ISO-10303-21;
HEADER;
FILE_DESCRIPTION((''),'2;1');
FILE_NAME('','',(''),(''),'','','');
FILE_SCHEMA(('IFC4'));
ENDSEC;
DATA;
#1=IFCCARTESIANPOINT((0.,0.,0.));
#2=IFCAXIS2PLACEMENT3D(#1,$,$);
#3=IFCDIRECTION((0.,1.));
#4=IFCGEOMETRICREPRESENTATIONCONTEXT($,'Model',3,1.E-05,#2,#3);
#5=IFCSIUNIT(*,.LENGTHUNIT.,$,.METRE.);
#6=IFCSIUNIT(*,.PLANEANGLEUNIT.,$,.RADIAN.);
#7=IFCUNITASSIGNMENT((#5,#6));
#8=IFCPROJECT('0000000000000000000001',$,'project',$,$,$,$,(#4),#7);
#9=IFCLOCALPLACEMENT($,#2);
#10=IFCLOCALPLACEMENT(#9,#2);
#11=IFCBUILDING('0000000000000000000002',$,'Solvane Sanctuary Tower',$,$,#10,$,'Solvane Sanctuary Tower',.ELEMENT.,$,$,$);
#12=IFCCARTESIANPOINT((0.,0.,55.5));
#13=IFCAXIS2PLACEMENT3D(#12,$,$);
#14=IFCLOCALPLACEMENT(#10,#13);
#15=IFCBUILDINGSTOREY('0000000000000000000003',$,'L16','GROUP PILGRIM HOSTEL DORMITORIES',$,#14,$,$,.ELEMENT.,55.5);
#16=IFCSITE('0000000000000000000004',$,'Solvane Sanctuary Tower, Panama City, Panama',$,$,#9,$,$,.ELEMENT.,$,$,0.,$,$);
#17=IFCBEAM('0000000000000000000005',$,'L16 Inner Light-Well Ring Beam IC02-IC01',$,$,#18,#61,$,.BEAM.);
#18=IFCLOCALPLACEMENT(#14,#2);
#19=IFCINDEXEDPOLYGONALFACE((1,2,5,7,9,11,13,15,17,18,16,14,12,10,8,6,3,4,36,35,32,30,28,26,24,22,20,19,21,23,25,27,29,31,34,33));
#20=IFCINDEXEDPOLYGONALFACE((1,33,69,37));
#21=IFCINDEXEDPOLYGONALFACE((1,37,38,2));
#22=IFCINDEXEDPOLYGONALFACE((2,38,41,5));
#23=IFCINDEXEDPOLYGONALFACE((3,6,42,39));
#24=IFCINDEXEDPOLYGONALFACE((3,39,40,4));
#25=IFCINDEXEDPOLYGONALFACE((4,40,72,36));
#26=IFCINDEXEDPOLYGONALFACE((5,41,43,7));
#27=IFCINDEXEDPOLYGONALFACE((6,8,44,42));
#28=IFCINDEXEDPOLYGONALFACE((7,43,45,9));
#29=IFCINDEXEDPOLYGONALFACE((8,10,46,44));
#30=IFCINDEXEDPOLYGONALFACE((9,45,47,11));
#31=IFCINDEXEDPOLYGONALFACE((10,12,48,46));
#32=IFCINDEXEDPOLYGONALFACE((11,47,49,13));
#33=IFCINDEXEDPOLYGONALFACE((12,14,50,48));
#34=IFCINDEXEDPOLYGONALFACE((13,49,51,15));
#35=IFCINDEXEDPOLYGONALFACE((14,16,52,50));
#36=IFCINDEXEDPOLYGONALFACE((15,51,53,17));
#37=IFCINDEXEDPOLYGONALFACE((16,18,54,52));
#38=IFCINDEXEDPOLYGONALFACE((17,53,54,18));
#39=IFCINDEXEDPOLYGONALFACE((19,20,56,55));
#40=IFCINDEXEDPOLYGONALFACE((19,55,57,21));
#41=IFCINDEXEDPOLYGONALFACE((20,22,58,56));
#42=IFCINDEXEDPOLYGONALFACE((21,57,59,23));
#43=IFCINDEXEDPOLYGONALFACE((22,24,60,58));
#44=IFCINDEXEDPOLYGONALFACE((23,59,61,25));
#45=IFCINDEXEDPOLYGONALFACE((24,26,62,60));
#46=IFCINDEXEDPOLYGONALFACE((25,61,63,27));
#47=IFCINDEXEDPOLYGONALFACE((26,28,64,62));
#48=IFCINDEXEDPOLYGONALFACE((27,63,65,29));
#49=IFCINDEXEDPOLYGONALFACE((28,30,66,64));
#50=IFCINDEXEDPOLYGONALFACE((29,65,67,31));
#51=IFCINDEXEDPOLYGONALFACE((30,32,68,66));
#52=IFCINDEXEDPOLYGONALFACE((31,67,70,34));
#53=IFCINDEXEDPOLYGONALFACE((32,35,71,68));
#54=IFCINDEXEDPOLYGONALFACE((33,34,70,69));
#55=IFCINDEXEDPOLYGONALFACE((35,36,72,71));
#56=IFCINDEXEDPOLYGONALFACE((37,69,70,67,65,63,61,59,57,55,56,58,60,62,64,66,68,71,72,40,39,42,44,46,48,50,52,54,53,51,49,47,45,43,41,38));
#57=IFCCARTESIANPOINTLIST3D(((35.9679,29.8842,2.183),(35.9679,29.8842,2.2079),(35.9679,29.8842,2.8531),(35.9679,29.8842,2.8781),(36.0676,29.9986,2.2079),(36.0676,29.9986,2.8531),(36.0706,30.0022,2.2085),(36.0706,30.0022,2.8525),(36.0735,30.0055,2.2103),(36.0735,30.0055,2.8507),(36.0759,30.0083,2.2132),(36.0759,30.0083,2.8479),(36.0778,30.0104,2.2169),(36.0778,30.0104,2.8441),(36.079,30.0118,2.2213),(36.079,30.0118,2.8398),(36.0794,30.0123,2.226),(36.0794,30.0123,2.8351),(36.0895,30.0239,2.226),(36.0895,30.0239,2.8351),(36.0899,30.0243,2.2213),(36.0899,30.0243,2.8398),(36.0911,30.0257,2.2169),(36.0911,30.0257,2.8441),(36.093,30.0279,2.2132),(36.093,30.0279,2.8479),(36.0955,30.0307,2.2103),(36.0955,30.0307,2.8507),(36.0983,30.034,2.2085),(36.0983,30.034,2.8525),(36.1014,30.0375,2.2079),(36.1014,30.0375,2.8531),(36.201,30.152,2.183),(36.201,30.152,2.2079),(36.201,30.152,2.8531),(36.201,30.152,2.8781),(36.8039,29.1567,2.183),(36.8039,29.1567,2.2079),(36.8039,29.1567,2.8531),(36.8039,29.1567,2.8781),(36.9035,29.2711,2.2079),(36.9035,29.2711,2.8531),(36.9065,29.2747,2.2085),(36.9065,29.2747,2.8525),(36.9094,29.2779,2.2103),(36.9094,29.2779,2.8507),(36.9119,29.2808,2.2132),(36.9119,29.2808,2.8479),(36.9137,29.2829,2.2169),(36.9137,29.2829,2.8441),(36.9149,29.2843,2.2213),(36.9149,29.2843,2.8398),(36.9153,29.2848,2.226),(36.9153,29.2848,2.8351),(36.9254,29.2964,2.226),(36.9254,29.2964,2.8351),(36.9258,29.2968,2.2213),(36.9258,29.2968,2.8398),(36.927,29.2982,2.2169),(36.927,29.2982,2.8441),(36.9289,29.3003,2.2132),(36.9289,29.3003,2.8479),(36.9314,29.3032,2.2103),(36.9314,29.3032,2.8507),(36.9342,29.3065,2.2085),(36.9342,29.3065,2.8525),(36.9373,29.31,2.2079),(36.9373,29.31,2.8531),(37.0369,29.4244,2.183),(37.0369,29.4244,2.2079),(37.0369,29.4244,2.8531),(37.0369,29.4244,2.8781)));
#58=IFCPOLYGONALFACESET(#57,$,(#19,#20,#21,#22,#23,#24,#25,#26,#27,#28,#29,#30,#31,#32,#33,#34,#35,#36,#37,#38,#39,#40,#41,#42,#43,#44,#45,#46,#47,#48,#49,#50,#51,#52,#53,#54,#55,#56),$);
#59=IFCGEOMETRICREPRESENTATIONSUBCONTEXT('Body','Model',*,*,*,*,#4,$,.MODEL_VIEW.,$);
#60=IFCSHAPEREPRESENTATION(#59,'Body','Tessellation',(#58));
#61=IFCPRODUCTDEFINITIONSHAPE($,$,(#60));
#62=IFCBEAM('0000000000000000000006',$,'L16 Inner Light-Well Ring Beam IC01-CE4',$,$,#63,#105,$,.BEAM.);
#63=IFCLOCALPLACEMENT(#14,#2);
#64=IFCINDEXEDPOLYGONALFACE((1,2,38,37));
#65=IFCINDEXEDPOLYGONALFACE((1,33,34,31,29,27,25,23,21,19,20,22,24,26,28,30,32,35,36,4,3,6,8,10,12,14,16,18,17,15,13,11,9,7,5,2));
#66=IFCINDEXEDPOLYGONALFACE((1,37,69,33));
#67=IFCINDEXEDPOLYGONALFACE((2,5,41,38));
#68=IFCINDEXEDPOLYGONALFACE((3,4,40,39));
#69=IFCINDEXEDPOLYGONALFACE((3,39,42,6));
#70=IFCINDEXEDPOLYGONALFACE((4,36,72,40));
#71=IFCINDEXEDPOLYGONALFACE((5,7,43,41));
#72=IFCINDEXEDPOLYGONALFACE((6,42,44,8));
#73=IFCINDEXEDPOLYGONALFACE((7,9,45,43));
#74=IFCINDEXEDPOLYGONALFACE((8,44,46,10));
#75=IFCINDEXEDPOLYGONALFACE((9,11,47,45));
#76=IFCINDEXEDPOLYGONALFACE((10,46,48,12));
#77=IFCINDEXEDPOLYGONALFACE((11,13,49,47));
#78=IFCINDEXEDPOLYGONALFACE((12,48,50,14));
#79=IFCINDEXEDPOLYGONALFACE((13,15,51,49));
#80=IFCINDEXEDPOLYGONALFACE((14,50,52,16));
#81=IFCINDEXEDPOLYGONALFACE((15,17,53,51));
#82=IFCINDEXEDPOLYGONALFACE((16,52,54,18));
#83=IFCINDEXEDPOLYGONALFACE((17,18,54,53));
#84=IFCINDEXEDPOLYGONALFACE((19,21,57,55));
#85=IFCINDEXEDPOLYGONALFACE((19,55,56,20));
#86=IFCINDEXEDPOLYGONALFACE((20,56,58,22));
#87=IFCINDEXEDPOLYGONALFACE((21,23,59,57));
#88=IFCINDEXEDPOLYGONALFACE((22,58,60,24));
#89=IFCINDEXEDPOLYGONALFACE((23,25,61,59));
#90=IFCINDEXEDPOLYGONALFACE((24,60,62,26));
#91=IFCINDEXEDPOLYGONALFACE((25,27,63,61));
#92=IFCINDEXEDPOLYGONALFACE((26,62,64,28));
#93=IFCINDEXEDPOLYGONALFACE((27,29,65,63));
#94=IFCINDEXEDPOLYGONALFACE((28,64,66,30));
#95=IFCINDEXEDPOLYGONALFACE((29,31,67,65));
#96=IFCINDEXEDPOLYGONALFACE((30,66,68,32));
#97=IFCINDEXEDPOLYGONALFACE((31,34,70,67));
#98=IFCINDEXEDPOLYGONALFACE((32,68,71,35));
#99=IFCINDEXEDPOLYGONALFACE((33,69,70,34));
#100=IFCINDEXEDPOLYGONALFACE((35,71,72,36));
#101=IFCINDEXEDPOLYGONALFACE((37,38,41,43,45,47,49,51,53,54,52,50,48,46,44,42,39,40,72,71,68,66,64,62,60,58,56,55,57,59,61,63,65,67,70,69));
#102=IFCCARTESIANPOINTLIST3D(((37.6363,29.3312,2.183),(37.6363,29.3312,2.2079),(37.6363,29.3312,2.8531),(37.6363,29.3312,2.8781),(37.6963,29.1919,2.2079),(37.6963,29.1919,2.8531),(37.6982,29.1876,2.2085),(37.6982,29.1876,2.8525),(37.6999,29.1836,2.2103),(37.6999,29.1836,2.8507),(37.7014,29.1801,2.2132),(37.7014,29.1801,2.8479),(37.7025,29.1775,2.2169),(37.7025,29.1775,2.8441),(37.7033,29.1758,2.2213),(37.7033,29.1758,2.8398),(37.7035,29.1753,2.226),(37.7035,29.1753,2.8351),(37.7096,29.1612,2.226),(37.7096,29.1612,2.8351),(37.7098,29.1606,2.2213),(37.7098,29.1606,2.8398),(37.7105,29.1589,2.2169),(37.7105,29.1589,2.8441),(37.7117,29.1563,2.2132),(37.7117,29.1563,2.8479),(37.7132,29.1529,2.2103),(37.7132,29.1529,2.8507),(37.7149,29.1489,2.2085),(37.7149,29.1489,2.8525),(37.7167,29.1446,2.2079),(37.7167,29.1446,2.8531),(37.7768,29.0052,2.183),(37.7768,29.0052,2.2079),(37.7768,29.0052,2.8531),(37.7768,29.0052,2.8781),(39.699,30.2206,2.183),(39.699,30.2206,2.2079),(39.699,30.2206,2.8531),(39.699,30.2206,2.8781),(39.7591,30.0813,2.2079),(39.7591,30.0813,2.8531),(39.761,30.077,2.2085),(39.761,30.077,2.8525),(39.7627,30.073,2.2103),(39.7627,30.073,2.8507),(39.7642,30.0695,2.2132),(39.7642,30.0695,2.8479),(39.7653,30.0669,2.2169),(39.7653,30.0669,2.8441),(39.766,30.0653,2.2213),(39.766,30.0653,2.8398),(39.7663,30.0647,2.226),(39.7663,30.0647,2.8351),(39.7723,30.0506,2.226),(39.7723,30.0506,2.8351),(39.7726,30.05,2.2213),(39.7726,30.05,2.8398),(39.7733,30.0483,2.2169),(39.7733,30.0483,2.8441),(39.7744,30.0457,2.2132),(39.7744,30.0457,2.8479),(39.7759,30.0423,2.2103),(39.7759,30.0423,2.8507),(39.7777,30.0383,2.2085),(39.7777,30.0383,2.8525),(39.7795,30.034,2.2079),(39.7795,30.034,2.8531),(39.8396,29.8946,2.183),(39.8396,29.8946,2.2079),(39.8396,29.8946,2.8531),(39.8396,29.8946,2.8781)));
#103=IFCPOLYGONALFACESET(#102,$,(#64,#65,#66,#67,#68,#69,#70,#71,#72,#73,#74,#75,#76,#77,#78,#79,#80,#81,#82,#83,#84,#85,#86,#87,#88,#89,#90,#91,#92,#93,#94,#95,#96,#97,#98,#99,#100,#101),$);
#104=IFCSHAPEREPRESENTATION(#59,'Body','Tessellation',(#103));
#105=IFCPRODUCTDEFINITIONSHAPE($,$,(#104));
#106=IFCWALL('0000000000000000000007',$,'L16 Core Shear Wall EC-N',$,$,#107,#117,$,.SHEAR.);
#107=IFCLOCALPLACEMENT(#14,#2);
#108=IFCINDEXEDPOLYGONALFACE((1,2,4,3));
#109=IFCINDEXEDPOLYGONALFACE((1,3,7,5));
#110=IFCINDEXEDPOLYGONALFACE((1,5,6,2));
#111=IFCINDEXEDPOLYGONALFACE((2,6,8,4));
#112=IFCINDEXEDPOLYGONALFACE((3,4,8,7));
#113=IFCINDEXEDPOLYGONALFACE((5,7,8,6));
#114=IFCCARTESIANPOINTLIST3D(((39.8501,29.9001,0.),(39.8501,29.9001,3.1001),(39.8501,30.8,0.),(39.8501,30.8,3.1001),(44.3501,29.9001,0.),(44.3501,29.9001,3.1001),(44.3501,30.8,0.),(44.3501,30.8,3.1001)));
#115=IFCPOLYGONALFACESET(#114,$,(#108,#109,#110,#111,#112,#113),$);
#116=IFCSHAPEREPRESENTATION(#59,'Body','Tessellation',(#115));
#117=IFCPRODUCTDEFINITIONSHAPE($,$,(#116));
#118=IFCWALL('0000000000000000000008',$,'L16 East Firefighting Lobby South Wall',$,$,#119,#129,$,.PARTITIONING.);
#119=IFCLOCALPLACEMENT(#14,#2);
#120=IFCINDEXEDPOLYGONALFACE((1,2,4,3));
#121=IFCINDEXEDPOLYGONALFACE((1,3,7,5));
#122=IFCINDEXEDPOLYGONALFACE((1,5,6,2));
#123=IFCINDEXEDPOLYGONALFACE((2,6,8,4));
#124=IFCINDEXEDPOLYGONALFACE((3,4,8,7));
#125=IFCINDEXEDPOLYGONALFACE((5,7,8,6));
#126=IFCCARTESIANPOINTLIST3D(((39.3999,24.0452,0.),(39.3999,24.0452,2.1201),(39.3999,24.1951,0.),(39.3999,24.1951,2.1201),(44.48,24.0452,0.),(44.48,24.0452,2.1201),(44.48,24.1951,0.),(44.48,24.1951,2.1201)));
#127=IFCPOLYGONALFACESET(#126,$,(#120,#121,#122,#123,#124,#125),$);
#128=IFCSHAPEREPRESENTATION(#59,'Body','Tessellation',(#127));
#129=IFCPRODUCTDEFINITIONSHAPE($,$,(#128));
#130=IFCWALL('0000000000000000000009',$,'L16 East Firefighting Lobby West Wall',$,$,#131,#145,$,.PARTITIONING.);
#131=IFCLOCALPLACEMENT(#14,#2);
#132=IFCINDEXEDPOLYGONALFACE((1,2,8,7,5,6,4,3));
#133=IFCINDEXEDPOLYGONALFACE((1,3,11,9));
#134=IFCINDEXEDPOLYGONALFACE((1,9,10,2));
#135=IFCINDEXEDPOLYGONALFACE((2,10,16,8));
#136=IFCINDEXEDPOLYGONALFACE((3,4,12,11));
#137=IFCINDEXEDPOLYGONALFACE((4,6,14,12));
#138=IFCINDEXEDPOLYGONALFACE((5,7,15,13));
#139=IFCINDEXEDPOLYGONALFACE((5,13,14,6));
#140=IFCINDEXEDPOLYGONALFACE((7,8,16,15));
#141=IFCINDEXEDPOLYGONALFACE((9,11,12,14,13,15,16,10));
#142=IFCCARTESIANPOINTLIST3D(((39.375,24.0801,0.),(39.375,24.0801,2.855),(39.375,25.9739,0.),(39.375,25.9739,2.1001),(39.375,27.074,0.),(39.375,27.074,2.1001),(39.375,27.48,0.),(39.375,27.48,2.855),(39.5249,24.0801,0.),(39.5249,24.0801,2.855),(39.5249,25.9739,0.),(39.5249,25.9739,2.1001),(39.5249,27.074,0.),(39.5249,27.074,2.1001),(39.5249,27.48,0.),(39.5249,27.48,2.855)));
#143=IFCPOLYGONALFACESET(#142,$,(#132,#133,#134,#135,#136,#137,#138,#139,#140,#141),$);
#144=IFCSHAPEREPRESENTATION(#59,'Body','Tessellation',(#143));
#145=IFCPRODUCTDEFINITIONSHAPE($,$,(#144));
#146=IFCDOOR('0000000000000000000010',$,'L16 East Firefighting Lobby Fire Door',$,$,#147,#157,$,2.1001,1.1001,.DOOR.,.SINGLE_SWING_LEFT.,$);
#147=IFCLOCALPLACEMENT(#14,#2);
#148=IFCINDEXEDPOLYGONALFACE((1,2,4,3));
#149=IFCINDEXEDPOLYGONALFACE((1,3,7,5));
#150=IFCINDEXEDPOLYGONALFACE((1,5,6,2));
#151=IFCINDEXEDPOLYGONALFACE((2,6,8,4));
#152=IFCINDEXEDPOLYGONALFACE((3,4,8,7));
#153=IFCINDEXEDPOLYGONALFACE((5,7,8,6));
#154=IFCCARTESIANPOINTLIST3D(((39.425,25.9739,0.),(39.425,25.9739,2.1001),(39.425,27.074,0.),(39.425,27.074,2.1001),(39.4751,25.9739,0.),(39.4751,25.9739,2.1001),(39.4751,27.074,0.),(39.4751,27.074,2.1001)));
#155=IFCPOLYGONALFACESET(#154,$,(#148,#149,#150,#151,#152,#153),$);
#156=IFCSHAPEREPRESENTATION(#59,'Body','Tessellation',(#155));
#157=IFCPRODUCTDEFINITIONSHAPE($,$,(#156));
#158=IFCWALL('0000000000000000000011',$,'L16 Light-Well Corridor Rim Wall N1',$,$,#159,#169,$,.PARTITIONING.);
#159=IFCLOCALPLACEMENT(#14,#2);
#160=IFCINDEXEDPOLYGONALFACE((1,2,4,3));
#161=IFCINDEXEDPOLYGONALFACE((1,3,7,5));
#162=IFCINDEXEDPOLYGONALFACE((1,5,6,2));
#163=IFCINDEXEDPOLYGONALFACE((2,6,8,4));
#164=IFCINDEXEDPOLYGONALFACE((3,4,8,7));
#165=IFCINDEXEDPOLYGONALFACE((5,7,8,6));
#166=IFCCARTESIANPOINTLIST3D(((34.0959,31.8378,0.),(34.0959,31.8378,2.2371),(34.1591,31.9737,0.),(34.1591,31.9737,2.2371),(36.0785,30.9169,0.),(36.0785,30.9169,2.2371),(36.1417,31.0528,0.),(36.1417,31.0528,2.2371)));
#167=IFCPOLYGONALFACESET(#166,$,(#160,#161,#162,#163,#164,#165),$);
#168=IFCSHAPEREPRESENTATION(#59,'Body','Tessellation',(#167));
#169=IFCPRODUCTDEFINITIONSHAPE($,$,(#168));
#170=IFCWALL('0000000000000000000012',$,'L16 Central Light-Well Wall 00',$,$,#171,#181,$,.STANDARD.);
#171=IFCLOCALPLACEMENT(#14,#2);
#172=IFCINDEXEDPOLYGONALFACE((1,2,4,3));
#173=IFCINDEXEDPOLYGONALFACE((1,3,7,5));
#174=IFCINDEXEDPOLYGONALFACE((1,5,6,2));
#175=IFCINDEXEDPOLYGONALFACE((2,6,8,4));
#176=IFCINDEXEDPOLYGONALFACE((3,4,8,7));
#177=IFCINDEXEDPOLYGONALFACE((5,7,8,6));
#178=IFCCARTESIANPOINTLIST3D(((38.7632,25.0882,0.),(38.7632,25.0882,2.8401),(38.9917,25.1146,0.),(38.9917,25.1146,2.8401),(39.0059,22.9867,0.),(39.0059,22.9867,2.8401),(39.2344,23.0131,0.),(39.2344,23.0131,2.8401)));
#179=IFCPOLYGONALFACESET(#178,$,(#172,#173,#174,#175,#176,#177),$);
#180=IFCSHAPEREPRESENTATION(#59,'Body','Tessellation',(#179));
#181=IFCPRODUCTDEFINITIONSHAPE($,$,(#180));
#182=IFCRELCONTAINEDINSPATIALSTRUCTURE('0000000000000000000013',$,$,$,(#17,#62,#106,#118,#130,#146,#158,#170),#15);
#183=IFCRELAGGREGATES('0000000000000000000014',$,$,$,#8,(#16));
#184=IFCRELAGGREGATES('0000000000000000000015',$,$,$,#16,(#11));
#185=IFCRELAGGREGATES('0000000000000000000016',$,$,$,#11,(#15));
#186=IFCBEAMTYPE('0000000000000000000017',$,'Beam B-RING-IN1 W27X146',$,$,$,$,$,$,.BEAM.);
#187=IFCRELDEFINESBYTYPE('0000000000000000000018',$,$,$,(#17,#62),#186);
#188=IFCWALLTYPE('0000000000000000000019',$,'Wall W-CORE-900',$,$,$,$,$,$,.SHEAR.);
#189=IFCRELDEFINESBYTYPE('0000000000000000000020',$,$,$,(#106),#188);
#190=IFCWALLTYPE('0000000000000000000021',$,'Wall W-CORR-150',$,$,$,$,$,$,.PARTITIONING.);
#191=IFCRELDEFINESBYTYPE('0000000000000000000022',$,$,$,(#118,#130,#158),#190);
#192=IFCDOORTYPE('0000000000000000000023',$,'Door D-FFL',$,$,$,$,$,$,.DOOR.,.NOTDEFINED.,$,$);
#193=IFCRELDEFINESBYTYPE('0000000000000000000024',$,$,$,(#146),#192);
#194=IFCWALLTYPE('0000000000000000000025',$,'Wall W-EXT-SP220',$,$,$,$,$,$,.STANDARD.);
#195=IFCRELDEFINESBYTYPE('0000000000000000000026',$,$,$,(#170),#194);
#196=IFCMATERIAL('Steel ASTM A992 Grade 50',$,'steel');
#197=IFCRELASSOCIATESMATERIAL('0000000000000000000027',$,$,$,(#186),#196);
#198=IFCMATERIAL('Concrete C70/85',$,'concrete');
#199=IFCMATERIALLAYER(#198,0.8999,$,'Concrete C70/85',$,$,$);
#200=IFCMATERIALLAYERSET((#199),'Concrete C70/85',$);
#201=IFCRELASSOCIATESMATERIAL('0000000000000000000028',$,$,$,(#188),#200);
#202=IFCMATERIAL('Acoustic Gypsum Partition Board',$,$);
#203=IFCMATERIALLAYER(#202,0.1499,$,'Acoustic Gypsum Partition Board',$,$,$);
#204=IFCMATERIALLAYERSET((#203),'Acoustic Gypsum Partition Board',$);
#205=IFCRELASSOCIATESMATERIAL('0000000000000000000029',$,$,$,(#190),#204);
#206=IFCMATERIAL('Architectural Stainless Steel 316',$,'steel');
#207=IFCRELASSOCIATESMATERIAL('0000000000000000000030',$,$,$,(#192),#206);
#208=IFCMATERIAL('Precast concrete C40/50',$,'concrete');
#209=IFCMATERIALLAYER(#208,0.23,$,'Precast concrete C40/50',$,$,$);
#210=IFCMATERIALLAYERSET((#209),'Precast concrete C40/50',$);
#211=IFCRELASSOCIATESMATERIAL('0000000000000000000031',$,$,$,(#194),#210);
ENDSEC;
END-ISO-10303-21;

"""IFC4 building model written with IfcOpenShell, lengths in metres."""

from ifc_helpers import new_model, si_unit, direction, frame, frame_2d, origin, origin_2d, place, context, subcontext, project, spatial, rectangle, i_section, extrude, material, layer, layer_set, material_profile, profile_set, type_object, element, fill, save


model = new_model("IFC4")

# Units and contexts
model_context = context("Model", 3, precision=1e-05, world=origin(), true_north=direction((0.0, 1.0)))
body_context = subcontext(model_context, "Body", "Model", "MODEL_VIEW")
ifc_project = project(units=[si_unit("LENGTHUNIT", "METRE"), si_unit("PLANEANGLEUNIT", "RADIAN")], contexts=[model_context])

# Site, building, storey
site_placement = place(None, origin())
site = spatial("IfcSite", under=ifc_project, at=site_placement, Name="Solvane Sanctuary Tower, Panama City, Panama", CompositionType="ELEMENT", RefElevation=0.0)
building_placement = place(site_placement, origin())
building = spatial("IfcBuilding", under=site, at=building_placement, Name="Solvane Sanctuary Tower", LongName="Solvane Sanctuary Tower", CompositionType="ELEMENT")
storey_placement = place(building_placement, frame((0.0, 0.0, 55.5)))
storey = spatial("IfcBuildingStorey", under=building, at=storey_placement, Name="L16", Description="GROUP PILGRIM HOSTEL DORMITORIES", CompositionType="ELEMENT", Elevation=55.5)

# Shared definitions
ifc_material_1 = material(Name="Concrete C70/85", Category="concrete")

# Beams
ifc_material_2 = material(Name="Steel ASTM A992 Grade 50", Category="steel")
ifc_material_profile_1 = material_profile(ifc_material_2, i_section(OverallWidth=0.355, OverallDepth=0.6951, WebThickness=0.0154, FlangeThickness=0.0249, FilletRadius=0.0181, at=origin_2d()), Name="W27X146")
ifc_profile_set_1 = profile_set([ifc_material_profile_1], Name="Steel ASTM A992 Grade 50")
beam_type_1 = type_object("IfcBeamType", Name="Beam B-RING-IN1 W27X146", PredefinedType="BEAM", material=ifc_profile_set_1)
beam_1_placement = place(storey_placement, frame((36.0845, 30.0181, 2.5305), z_axis=(0.754321, -0.656506, 0.0), x_axis=(0.656506, 0.754321, 0.0)))
element("IfcBeam", 1, at=beam_1_placement, inside=storey, type_object=beam_type_1, Name="L16 Inner Light-Well Ring Beam IC02-IC01", PredefinedType="BEAM", context=body_context, shape_type="SweptSolid", body=[
    extrude(i_section(OverallWidth=0.355, OverallDepth=0.6951, WebThickness=0.0154, FlangeThickness=0.0249, FilletRadius=0.0181, at=origin_2d()), origin(), (0.0, 0.0, 1.0), 1.1082),
])
beam_2_placement = place(storey_placement, frame((37.7065, 29.1682, 2.5305), z_axis=(0.918277, 0.395938, 0.0), x_axis=(-0.395938, 0.918277, 0.0)))
element("IfcBeam", 2, at=beam_2_placement, inside=storey, type_object=beam_type_1, Name="L16 Inner Light-Well Ring Beam IC01-CE4", PredefinedType="BEAM", context=body_context, shape_type="SweptSolid", body=[
    extrude(i_section(OverallWidth=0.355, OverallDepth=0.6951, WebThickness=0.0154, FlangeThickness=0.0249, FilletRadius=0.0181, at=origin_2d()), origin(), (0.0, 0.0, 1.0), 2.2463),
])

# Walls
ifc_layer_1 = layer(ifc_material_1, 0.8999, Name="Concrete C70/85")
ifc_layer_set_1 = layer_set([ifc_layer_1], Name="Concrete C70/85")
wall_type_1 = type_object("IfcWallType", Name="Wall W-CORE-900", PredefinedType="SHEAR", material=ifc_layer_set_1)
wall_1_placement = place(storey_placement, frame((39.8501, 30.3501, 0.0), z_axis=(0.0, 0.0, 1.0), x_axis=(1.0, 0.0, 0.0)))
element("IfcWall", 3, at=wall_1_placement, inside=storey, type_object=wall_type_1, Name="L16 Core Shear Wall EC-N", PredefinedType="SHEAR", context=body_context, shape_type="SweptSolid", body=[
    extrude(rectangle(XDim=4.5, YDim=0.8999, at=frame_2d((2.25, 0.0))), origin(), (0.0, 0.0, 1.0), 3.1001),
])
ifc_material_3 = material(Name="Acoustic Gypsum Partition Board")
ifc_layer_2 = layer(ifc_material_3, 0.1499, Name="Acoustic Gypsum Partition Board")
ifc_layer_set_2 = layer_set([ifc_layer_2], Name="Acoustic Gypsum Partition Board")
wall_type_2 = type_object("IfcWallType", Name="Wall W-CORR-150", PredefinedType="PARTITIONING", material=ifc_layer_set_2)
wall_2_placement = place(storey_placement, frame((39.3999, 24.1201, 0.0), z_axis=(0.0, 0.0, 1.0), x_axis=(1.0, 0.0, 0.0)))
element("IfcWall", 4, at=wall_2_placement, inside=storey, type_object=wall_type_2, Name="L16 East Firefighting Lobby South Wall", PredefinedType="PARTITIONING", context=body_context, shape_type="SweptSolid", body=[
    extrude(rectangle(XDim=5.0801, YDim=0.1499, at=frame_2d((2.54, 0.0))), origin(), (0.0, 0.0, 1.0), 2.1201),
])

# Wall, opening, door
wall_3_placement = place(storey_placement, frame((39.45, 24.0801, 0.0), z_axis=(0.0, 0.0, 1.0), x_axis=(0.0, 1.0, 0.0)))
wall_3 = element("IfcWall", 5, at=wall_3_placement, inside=storey, type_object=wall_type_2, Name="L16 East Firefighting Lobby West Wall", PredefinedType="PARTITIONING", context=body_context, shape_type="SweptSolid", body=[
    extrude(rectangle(XDim=3.3999, YDim=0.1499, at=frame_2d((1.7, 0.0))), origin(), (0.0, 0.0, 1.0), 2.855),
])
opening_1_placement = place(wall_3_placement, frame((1.8938, 0.0, 0.0)))
opening_1 = element("IfcOpeningElement", 6, at=opening_1_placement, cuts=wall_3, PredefinedType="OPENING", context=body_context, shape_type="SweptSolid", body=[
    extrude(rectangle(XDim=1.1001, YDim=2.1001, at=frame_2d((0.55, 1.05))), frame((0.0, 0.085, 0.0), z_axis=(0.0, -1.0, 0.0), x_axis=(1.0, 0.0, 0.0)), (0.0, 0.0, 1.0), 0.1699),
])
ifc_material_4 = material(Name="Architectural Stainless Steel 316", Category="steel")
door_type = type_object("IfcDoorType", Name="Door D-FFL", OperationType="NOTDEFINED", PredefinedType="DOOR", material=ifc_material_4)
door_placement = place(opening_1_placement, origin())
door = element("IfcDoor", 7, at=door_placement, inside=storey, type_object=door_type, Name="L16 East Firefighting Lobby Fire Door", OperationType="SINGLE_SWING_LEFT", OverallHeight=2.1001, OverallWidth=1.1001, PredefinedType="DOOR", context=body_context, shape_type="SweptSolid", body=[
    extrude(rectangle(XDim=1.1001, YDim=2.1001, at=frame_2d((0.55, 1.05))), frame((0.0, 0.0249, 0.0), z_axis=(0.0, -1.0, 0.0), x_axis=(1.0, 0.0, 0.0)), (0.0, 0.0, 1.0), 0.05),
])
fill(opening_1, door)

# Walls
wall_4_placement = place(storey_placement, frame((36.1101, 30.9849, 0.0), z_axis=(0.0, 0.0, 1.0), x_axis=(-0.906943, 0.421252, 0.0)))
element("IfcWall", 8, at=wall_4_placement, inside=storey, type_object=wall_type_2, Name="L16 Light-Well Corridor Rim Wall N1", PredefinedType="PARTITIONING", context=body_context, shape_type="SweptSolid", body=[
    extrude(rectangle(XDim=2.186, YDim=0.1499, at=frame_2d((1.093, 0.0))), origin(), (0.0, 0.0, 1.0), 2.2371),
])
ifc_material_5 = material(Name="Precast concrete C40/50", Category="concrete")
ifc_layer_3 = layer(ifc_material_5, 0.23, Name="Precast concrete C40/50")
ifc_layer_set_3 = layer_set([ifc_layer_3], Name="Precast concrete C40/50")
wall_type_3 = type_object("IfcWallType", Name="Wall W-EXT-SP220", PredefinedType="STANDARD", material=ifc_layer_set_3)
wall_5_placement = place(storey_placement, frame((39.1201, 23.0, 0.0), z_axis=(0.0, 0.0, 1.0), x_axis=(-0.114712, 0.993399, 0.0)))
element("IfcWall", 9, at=wall_5_placement, inside=storey, type_object=wall_type_3, Name="L16 Central Light-Well Wall 00", PredefinedType="STANDARD", context=body_context, shape_type="SweptSolid", body=[
    extrude(rectangle(XDim=2.1155, YDim=0.23, at=frame_2d((1.0576, 0.0))), origin(), (0.0, 0.0, 1.0), 2.8401),
])

save(model, "model.ifc")
